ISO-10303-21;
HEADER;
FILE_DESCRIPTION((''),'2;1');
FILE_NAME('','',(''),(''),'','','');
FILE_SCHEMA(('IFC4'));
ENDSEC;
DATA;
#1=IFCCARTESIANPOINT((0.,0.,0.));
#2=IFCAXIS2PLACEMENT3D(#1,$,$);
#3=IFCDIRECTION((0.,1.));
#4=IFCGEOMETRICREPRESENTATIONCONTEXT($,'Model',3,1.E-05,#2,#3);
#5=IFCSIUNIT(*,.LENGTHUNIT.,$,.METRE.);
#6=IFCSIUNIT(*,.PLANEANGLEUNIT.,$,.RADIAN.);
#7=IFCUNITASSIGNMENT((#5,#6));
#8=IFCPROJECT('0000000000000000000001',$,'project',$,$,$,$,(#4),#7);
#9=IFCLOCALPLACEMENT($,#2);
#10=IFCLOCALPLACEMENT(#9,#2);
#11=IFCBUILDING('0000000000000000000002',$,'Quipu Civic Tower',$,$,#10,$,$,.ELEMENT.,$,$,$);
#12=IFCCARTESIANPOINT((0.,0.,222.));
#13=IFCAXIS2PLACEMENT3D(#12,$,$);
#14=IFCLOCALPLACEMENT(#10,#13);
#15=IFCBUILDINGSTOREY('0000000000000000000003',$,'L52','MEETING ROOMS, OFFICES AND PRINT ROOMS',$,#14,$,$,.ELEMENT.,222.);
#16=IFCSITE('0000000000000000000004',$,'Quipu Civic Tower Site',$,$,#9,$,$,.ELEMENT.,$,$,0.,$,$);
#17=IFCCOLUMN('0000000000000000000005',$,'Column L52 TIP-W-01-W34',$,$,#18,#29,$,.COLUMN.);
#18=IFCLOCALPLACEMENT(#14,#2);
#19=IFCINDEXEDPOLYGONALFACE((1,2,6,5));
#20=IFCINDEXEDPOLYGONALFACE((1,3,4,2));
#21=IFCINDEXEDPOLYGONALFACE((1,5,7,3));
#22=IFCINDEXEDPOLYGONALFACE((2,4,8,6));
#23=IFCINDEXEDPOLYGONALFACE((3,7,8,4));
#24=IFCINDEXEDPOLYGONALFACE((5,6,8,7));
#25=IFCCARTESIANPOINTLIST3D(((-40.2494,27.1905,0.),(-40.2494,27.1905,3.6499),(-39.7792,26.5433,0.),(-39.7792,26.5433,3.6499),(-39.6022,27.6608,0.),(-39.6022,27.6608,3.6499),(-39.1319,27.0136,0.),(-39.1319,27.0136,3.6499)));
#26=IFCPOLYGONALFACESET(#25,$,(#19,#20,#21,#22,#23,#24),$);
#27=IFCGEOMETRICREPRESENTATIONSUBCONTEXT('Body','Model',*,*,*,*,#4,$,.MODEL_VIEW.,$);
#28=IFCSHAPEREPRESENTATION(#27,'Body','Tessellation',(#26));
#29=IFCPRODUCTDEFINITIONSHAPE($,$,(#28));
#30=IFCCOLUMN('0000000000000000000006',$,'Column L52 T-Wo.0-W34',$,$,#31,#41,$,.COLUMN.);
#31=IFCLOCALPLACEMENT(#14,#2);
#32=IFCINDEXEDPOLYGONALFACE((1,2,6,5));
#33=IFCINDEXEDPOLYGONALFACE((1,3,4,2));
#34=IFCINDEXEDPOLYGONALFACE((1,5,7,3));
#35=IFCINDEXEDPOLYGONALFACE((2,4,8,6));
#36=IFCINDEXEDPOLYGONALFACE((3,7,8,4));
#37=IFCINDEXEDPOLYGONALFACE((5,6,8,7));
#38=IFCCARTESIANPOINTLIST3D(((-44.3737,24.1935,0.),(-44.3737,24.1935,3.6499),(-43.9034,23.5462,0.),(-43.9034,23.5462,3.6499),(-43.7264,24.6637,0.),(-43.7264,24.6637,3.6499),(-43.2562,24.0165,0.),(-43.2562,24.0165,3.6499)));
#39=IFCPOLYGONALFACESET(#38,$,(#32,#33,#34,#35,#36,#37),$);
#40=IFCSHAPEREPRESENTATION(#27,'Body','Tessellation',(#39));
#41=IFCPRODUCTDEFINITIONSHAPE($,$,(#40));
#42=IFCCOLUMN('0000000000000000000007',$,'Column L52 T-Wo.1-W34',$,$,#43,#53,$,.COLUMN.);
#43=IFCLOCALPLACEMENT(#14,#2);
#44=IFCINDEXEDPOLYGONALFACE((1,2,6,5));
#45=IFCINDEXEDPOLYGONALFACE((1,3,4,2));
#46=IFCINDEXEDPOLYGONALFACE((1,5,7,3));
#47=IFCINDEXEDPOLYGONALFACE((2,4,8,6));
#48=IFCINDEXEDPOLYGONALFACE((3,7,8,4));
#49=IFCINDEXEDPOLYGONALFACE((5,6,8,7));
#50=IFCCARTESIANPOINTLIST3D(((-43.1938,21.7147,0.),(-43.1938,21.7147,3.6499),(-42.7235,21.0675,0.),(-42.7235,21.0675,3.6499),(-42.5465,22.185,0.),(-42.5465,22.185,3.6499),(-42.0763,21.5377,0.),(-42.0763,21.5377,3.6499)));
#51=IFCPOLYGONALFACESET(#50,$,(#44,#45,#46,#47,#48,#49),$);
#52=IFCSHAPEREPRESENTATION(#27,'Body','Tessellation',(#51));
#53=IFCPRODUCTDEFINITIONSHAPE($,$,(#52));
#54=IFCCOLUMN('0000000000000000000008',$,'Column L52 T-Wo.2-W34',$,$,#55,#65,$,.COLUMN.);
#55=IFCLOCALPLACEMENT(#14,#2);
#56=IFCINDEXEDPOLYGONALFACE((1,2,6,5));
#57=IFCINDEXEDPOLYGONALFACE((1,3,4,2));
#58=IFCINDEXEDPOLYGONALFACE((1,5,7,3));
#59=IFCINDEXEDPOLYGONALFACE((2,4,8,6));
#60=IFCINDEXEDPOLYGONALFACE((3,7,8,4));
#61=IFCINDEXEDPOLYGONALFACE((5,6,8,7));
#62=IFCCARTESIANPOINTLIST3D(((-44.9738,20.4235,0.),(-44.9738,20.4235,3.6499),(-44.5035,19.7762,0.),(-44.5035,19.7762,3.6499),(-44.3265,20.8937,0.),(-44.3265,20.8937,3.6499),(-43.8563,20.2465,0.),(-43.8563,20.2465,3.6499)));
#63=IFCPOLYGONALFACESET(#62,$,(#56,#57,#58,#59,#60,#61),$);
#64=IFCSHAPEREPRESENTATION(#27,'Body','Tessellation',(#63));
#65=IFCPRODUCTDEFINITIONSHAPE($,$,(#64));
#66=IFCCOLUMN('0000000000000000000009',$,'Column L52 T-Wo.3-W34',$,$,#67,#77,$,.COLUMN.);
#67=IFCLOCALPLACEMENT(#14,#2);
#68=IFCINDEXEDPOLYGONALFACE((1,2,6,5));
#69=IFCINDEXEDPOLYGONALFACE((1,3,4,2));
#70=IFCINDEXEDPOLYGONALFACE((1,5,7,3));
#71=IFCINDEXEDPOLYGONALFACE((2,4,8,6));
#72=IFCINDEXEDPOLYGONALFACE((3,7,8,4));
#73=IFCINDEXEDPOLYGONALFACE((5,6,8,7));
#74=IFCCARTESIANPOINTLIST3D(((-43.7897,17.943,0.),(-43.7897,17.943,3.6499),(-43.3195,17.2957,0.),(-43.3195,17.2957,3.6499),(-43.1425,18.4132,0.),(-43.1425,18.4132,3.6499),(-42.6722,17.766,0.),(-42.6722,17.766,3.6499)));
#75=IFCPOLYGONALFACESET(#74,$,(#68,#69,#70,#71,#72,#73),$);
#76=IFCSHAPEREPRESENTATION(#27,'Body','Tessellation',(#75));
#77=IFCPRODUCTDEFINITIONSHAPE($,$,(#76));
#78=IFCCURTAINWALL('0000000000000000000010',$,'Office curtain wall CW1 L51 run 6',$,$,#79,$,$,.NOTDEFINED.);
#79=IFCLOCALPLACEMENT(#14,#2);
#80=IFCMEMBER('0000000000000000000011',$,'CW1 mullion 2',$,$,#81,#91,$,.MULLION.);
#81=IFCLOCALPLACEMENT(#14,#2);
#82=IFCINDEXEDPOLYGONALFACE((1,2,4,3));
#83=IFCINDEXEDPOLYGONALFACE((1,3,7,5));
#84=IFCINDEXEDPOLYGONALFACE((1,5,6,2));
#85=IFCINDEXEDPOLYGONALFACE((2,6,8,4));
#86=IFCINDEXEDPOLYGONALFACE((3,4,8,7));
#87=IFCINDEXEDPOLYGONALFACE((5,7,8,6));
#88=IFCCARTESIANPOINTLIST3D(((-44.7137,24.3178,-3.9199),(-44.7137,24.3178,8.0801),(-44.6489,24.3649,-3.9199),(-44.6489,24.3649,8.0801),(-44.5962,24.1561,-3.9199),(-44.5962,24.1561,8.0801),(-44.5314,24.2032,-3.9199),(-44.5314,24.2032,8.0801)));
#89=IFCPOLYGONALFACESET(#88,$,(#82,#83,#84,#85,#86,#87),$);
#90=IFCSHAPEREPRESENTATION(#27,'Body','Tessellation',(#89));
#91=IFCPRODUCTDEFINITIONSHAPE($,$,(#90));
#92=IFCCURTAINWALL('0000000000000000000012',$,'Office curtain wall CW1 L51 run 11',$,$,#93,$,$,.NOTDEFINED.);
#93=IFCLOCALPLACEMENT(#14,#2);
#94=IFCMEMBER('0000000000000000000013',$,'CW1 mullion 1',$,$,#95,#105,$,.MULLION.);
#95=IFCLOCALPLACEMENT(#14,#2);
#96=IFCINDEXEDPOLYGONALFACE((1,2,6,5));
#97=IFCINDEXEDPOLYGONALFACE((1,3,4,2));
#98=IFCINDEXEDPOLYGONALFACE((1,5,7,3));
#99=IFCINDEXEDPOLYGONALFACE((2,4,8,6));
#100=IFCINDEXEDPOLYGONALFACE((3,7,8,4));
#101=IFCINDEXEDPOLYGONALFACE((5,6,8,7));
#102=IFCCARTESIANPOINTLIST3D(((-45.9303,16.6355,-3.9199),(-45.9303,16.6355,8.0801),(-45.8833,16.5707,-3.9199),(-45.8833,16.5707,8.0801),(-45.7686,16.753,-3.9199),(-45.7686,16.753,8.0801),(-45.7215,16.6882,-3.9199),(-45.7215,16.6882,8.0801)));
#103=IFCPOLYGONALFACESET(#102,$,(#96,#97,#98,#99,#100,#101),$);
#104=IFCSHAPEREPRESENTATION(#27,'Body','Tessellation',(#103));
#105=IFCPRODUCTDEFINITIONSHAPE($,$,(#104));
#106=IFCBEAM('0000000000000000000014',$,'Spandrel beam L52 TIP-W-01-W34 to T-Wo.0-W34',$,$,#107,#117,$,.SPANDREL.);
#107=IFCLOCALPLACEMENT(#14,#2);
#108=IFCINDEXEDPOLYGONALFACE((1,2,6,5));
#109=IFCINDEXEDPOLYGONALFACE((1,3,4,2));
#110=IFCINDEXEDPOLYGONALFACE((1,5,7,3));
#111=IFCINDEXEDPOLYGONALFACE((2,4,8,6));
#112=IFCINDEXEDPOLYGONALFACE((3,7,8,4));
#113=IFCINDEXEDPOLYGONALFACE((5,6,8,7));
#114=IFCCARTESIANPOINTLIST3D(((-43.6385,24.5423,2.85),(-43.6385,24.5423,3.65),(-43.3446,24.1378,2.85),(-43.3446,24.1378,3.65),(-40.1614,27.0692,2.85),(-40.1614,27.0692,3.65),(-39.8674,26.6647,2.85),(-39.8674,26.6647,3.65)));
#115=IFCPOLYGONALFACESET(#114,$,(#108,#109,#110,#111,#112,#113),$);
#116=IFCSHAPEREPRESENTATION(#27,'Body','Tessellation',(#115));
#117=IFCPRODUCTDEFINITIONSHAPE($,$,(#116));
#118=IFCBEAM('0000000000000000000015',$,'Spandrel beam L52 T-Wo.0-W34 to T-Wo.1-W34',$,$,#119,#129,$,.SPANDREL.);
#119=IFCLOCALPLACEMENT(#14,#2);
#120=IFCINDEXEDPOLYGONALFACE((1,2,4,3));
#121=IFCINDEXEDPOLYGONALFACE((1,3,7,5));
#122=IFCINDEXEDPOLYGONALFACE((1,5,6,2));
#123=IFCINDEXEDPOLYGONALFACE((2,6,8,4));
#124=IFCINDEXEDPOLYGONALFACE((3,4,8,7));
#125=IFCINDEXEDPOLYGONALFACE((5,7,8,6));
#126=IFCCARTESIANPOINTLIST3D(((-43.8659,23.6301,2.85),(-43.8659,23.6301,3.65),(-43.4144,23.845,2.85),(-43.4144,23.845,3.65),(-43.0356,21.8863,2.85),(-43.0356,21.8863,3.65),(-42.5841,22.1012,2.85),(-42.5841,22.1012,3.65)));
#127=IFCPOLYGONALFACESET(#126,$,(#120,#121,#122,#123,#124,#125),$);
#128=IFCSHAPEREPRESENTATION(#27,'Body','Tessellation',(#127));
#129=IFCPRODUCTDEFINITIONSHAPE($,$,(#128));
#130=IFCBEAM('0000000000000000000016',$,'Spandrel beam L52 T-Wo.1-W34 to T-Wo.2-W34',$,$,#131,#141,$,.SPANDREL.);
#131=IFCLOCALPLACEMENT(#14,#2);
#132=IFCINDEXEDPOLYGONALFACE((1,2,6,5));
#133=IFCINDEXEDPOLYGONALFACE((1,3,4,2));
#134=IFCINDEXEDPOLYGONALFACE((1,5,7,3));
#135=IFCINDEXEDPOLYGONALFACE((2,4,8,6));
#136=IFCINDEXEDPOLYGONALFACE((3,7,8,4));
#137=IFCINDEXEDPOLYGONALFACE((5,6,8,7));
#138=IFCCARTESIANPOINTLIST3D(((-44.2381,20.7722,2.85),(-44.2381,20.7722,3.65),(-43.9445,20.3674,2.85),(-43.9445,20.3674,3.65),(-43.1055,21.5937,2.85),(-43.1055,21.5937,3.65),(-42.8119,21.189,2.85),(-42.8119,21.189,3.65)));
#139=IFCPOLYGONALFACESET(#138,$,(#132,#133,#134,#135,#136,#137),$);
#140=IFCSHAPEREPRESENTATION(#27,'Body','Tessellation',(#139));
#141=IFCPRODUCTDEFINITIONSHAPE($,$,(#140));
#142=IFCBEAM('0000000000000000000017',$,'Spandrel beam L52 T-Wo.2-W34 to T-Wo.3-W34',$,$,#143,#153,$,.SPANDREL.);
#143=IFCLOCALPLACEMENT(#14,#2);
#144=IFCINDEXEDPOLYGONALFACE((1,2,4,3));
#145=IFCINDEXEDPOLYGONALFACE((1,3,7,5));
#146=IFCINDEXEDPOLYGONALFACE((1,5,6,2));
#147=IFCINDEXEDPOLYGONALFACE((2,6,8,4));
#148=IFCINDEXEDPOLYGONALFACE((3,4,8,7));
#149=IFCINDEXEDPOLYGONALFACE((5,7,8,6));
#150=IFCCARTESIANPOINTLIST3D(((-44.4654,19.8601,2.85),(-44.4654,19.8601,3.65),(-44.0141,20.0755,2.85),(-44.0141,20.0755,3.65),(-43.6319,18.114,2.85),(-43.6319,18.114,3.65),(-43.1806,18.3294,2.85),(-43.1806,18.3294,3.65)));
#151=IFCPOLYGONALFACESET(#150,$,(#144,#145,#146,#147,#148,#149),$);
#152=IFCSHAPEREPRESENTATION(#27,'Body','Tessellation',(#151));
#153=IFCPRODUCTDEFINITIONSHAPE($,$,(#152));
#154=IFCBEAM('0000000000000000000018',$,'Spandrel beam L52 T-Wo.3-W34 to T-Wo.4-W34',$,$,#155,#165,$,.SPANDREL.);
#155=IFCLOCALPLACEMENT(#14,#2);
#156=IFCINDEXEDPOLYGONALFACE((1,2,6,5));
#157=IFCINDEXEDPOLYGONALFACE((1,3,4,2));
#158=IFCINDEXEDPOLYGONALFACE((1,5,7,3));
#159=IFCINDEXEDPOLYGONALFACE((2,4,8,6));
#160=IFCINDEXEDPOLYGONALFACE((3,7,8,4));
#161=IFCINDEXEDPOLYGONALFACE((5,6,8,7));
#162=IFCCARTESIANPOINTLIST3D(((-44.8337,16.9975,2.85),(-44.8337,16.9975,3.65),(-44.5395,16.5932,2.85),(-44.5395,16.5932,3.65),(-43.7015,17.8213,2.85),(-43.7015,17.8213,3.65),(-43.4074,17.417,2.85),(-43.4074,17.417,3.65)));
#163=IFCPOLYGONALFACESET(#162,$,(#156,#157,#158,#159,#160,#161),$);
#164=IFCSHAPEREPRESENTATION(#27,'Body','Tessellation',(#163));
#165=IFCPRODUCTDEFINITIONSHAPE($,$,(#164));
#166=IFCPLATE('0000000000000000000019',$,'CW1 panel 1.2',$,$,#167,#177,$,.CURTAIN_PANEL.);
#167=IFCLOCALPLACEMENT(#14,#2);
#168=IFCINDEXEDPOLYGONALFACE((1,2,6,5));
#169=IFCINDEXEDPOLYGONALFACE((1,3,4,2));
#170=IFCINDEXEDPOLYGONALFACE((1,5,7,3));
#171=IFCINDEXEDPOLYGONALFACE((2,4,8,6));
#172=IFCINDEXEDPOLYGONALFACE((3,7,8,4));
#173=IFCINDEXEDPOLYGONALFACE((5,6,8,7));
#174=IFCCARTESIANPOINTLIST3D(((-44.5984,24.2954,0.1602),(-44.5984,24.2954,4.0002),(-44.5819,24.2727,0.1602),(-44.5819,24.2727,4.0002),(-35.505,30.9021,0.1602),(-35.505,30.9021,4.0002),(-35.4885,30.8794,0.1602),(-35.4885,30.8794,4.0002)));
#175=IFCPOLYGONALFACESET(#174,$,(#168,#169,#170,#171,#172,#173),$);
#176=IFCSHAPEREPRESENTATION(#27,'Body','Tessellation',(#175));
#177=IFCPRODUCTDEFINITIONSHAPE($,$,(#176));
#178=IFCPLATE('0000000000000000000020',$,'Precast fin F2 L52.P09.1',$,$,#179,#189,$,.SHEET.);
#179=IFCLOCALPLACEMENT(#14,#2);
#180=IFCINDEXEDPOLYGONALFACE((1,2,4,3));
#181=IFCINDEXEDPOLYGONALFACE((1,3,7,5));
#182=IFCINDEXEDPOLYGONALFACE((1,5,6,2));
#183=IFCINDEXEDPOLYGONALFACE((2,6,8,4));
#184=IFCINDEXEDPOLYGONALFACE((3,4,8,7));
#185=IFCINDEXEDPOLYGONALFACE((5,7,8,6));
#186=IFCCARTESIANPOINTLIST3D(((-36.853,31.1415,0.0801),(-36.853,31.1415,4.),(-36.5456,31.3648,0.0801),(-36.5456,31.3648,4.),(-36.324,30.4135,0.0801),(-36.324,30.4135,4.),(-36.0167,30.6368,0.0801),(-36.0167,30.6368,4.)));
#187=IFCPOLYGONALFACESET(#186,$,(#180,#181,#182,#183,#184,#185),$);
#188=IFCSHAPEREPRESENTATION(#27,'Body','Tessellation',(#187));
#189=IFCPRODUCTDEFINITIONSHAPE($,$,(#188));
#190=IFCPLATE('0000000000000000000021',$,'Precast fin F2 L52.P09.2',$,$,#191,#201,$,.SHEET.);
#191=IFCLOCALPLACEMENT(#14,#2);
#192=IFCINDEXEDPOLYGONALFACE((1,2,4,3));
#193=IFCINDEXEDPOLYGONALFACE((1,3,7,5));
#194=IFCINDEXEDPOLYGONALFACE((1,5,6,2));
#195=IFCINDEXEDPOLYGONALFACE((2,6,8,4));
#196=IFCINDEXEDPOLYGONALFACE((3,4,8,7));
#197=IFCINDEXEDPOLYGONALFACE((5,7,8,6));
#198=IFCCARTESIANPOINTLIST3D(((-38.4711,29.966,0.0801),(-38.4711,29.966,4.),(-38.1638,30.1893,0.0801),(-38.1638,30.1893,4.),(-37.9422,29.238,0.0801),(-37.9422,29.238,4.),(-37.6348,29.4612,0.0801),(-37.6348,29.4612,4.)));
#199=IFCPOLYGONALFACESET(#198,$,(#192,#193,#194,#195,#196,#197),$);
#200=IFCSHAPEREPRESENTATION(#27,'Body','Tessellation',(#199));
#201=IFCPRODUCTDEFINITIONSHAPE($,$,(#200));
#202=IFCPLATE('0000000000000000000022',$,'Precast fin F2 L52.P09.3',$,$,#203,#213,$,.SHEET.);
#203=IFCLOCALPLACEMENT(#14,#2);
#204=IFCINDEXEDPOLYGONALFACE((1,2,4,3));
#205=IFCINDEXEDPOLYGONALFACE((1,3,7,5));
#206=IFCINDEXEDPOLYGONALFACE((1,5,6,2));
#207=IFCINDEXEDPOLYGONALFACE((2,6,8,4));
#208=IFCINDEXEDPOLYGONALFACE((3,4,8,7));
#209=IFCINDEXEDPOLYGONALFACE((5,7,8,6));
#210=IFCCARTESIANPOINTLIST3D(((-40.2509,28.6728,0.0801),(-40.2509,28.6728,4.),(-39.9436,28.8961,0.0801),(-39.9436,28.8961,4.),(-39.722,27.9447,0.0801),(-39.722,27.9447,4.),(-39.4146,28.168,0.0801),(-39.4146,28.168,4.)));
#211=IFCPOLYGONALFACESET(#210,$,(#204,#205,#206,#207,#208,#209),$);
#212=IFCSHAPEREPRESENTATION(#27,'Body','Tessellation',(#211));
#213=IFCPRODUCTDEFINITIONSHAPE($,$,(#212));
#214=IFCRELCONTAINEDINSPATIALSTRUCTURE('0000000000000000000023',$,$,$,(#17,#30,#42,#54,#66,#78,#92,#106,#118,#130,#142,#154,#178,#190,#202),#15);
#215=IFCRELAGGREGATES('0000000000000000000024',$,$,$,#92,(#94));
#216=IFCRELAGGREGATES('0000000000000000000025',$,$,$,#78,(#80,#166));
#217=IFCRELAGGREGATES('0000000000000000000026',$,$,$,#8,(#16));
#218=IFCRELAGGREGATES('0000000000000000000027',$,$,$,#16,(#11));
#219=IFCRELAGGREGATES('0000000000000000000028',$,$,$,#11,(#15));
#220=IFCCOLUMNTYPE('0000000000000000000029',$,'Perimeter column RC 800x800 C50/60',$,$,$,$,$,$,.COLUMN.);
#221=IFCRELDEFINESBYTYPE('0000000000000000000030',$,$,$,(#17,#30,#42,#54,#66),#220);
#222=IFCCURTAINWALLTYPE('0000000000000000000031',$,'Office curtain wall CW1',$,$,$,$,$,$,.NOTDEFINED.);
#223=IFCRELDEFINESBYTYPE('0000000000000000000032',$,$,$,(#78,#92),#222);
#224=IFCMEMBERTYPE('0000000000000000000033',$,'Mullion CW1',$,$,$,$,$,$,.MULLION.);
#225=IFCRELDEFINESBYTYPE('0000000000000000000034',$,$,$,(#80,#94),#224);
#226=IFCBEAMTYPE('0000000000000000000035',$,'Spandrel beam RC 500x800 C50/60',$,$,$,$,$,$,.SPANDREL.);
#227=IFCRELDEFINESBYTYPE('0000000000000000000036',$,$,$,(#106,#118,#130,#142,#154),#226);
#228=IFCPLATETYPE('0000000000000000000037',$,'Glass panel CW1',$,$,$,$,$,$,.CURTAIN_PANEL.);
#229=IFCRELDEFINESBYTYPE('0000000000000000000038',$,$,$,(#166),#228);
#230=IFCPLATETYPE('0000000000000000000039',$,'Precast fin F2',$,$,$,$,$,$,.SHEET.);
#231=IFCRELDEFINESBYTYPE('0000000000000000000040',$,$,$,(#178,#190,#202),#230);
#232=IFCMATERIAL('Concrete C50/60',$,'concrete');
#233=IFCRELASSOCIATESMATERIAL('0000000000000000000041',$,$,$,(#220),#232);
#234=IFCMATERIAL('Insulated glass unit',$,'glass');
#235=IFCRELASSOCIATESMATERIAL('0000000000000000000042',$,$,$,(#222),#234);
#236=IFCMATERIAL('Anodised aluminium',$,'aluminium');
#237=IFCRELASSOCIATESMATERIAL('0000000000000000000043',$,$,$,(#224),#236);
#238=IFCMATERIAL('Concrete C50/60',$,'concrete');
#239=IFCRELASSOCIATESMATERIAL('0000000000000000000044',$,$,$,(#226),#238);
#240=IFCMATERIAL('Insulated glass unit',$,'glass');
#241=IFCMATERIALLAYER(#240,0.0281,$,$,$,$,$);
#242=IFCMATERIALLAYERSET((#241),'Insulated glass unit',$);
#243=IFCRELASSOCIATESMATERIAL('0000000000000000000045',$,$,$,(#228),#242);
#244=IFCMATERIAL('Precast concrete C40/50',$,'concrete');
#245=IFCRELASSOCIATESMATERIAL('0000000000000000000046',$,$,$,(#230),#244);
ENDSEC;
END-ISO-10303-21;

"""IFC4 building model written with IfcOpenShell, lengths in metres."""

from ifc_helpers import new_model, si_unit, direction, frame, origin, origin_2d, place, context, subcontext, project, spatial, rectangle, extrude, material, layer, layer_set, material_profile, profile_set, type_object, element, aggregate, save


model = new_model("IFC4")

# Units and contexts
model_context = context("Model", 3, precision=1e-05, world=origin(), true_north=direction((0.0, 1.0)))
body_context = subcontext(model_context, "Body", "Model", "MODEL_VIEW")
ifc_project = project(units=[si_unit("LENGTHUNIT", "METRE"), si_unit("PLANEANGLEUNIT", "RADIAN")], contexts=[model_context])

# Site, building, storey
site_placement = place(None, origin())
site = spatial("IfcSite", under=ifc_project, at=site_placement, Name="Quipu Civic Tower Site", CompositionType="ELEMENT", RefElevation=0.0)
building_placement = place(site_placement, origin())
building = spatial("IfcBuilding", under=site, at=building_placement, Name="Quipu Civic Tower", CompositionType="ELEMENT")
storey_placement = place(building_placement, frame((0.0, 0.0, 222.0)))
storey = spatial("IfcBuildingStorey", under=building, at=storey_placement, Name="L52", Description="MEETING ROOMS, OFFICES AND PRINT ROOMS", CompositionType="ELEMENT", Elevation=222.0)

# Columns
ifc_material_1 = material(Name="Concrete C50/60", Category="concrete")
ifc_material_profile_1 = material_profile(ifc_material_1, rectangle(XDim=0.8, YDim=0.8, at=origin_2d()), Name="RC800x800")
ifc_profile_set_1 = profile_set([ifc_material_profile_1], Name="Concrete C50/60")
column_type = type_object("IfcColumnType", Name="Perimeter column RC 800x800 C50/60", PredefinedType="COLUMN", material=ifc_profile_set_1)
for number, where, z_axis, x_axis, name in (
    (1, (-39.6907, 27.1021, 0.0), (0.0, 0.0, 1.0), (-0.809017, -0.587785, 0.0), "Column L52 TIP-W-01-W34"),
    (2, (-43.8149, 24.105, 0.0), (0.0, 0.0, 1.0), (-0.809017, -0.587785, 0.0), "Column L52 T-Wo.0-W34"),
    (3, (-42.635, 21.6262, 0.0), (0.0, 0.0, 1.0), (-0.809017, -0.587785, 0.0), "Column L52 T-Wo.1-W34"),
    (4, (-44.415, 20.335, 0.0), (0.0, 0.0, 1.0), (0.587785, -0.809017, 0.0), "Column L52 T-Wo.2-W34"),
    (5, (-43.231, 17.8545, 0.0), (0.0, 0.0, 1.0), (0.587785, -0.809017, 0.0), "Column L52 T-Wo.3-W34"),
):
    element("IfcColumn", number, at=place(storey_placement, frame(where, z_axis=z_axis, x_axis=x_axis)), inside=storey, type_object=column_type, Name=name, PredefinedType="COLUMN", context=body_context, shape_type="SweptSolid", body=[
        extrude(rectangle(XDim=0.8, YDim=0.8, at=origin_2d()), origin(), (0.0, 0.0, 1.0), 3.6499),
    ])

# Curtain walls, members
ifc_material_2 = material(Name="Insulated glass unit", Category="glass")
curtain_wall_type = type_object("IfcCurtainWallType", Name="Office curtain wall CW1", PredefinedType="NOTDEFINED", material=ifc_material_2)
curtain_wall_1_placement = place(storey_placement, origin())
curtain_wall_1 = element("IfcCurtainWall", 6, at=curtain_wall_1_placement, inside=storey, type_object=curtain_wall_type, Name="Office curtain wall CW1 L51 run 6", PredefinedType="NOTDEFINED")
ifc_material_3 = material(Name="Anodised aluminium", Category="aluminium")
ifc_material_profile_2 = material_profile(ifc_material_3, rectangle(XDim=0.2, YDim=0.0801, at=origin_2d()), Name="RECT 200x80")
ifc_profile_set_2 = profile_set([ifc_material_profile_2], Name="Anodised aluminium")
member_type = type_object("IfcMemberType", Name="Mullion CW1", PredefinedType="MULLION", material=ifc_profile_set_2)
member_1_placement = place(storey_placement, frame((-44.6226, 24.2605, -3.9199), z_axis=(0.0, 0.0, 1.0), x_axis=(0.587788, -0.809015, 0.0)))
member_1 = element("IfcMember", 7, at=member_1_placement, type_object=member_type, Name="CW1 mullion 2", PredefinedType="MULLION", context=body_context, shape_type="SweptSolid", body=[
    extrude(rectangle(XDim=0.2, YDim=0.0801, at=origin_2d()), origin(), (0.0, 0.0, 1.0), 12.0),
])
curtain_wall_2_placement = place(storey_placement, origin())
curtain_wall_2 = element("IfcCurtainWall", 8, at=curtain_wall_2_placement, inside=storey, type_object=curtain_wall_type, Name="Office curtain wall CW1 L51 run 11", PredefinedType="NOTDEFINED")
member_2_placement = place(storey_placement, frame((-45.8259, 16.6619, -3.9199), z_axis=(0.0, 0.0, 1.0), x_axis=(0.809017, 0.587786, 0.0)))
member_2 = element("IfcMember", 9, at=member_2_placement, type_object=member_type, Name="CW1 mullion 1", PredefinedType="MULLION", context=body_context, shape_type="SweptSolid", body=[
    extrude(rectangle(XDim=0.2, YDim=0.0801, at=origin_2d()), origin(), (0.0, 0.0, 1.0), 12.0),
])
aggregate(curtain_wall_2, [member_2])

# Beams
ifc_material_4 = material(Name="Concrete C50/60", Category="concrete")
ifc_material_profile_3 = material_profile(ifc_material_4, rectangle(XDim=0.5, YDim=0.8, at=origin_2d()), Name="RC500x800")
ifc_profile_set_3 = profile_set([ifc_material_profile_3], Name="Concrete C50/60")
beam_type = type_object("IfcBeamType", Name="Spandrel beam RC 500x800 C50/60", PredefinedType="SPANDREL", material=ifc_profile_set_3)
beam_1_placement = place(storey_placement, frame((-40.0144, 26.8669, 3.25), z_axis=(-0.808947, -0.587881, 0.0), x_axis=(0.587881, -0.808947, 0.0)))
element("IfcBeam", 10, at=beam_1_placement, inside=storey, type_object=beam_type, Name="Spandrel beam L52 TIP-W-01-W34 to T-Wo.0-W34", PredefinedType="SPANDREL", context=body_context, shape_type="SweptSolid", body=[
    extrude(rectangle(XDim=0.5, YDim=0.8, at=origin_2d()), origin(), (0.0, 0.0, 1.0), 4.2983),
])
beam_2_placement = place(storey_placement, frame((-43.6401, 23.7375, 3.25), z_axis=(0.429889, -0.902882, 0.0), x_axis=(0.902882, 0.429889, 0.0)))
element("IfcBeam", 11, at=beam_2_placement, inside=storey, type_object=beam_type, Name="Spandrel beam L52 T-Wo.0-W34 to T-Wo.1-W34", PredefinedType="SPANDREL", context=body_context, shape_type="SweptSolid", body=[
    extrude(rectangle(XDim=0.5, YDim=0.8, at=origin_2d()), origin(), (0.0, 0.0, 1.0), 1.9314),
])
beam_3_placement = place(storey_placement, frame((-42.9587, 21.3914, 3.25), z_axis=(-0.809467, -0.587165, 0.0), x_axis=(0.587165, -0.809467, 0.0)))
element("IfcBeam", 12, at=beam_3_placement, inside=storey, type_object=beam_type, Name="Spandrel beam L52 T-Wo.1-W34 to T-Wo.2-W34", PredefinedType="SPANDREL", context=body_context, shape_type="SweptSolid", body=[
    extrude(rectangle(XDim=0.5, YDim=0.8, at=origin_2d()), origin(), (0.0, 0.0, 1.0), 1.3992),
])
beam_4_placement = place(storey_placement, frame((-44.2397, 19.9678, 3.25), z_axis=(0.430786, -0.902454, 0.0), x_axis=(0.902454, 0.430786, 0.0)))
element("IfcBeam", 13, at=beam_4_placement, inside=storey, type_object=beam_type, Name="Spandrel beam L52 T-Wo.2-W34 to T-Wo.3-W34", PredefinedType="SPANDREL", context=body_context, shape_type="SweptSolid", body=[
    extrude(rectangle(XDim=0.5, YDim=0.8, at=origin_2d()), origin(), (0.0, 0.0, 1.0), 1.9348),
])
beam_5_placement = place(storey_placement, frame((-43.5544, 17.6191, 3.25), z_axis=(-0.8086, -0.588358, 0.0), x_axis=(0.588358, -0.8086, 0.0)))
element("IfcBeam", 14, at=beam_5_placement, inside=storey, type_object=beam_type, Name="Spandrel beam L52 T-Wo.3-W34 to T-Wo.4-W34", PredefinedType="SPANDREL", context=body_context, shape_type="SweptSolid", body=[
    extrude(rectangle(XDim=0.5, YDim=0.8, at=origin_2d()), origin(), (0.0, 0.0, 1.0), 1.4001),
])

# Plate
ifc_material_5 = material(Name="Insulated glass unit", Category="glass")
ifc_layer = layer(ifc_material_5, 0.0281)
ifc_layer_set = layer_set([ifc_layer], Name="Insulated glass unit")
plate_type_1 = type_object("IfcPlateType", Name="Glass panel CW1", PredefinedType="CURTAIN_PANEL", material=ifc_layer_set)
plate_placement = place(storey_placement, frame((-40.0435, 27.5874, 0.1602), z_axis=(0.0, 0.0, 1.0), x_axis=(-0.809015, -0.587788, 0.0)))
plate = element("IfcPlate", 15, at=plate_placement, type_object=plate_type_1, Name="CW1 panel 1.2", PredefinedType="CURTAIN_PANEL", context=body_context, shape_type="SweptSolid", body=[
    extrude(rectangle(XDim=11.24, YDim=0.0281, at=origin_2d()), origin(), (0.0, 0.0, 1.0), 3.8401),
])
aggregate(curtain_wall_1, [member_1, plate])

# Plates
ifc_material_6 = material(Name="Precast concrete C40/50", Category="concrete")
plate_type_2 = type_object("IfcPlateType", Name="Precast fin F2", PredefinedType="SHEET", material=ifc_material_6)
for number, where, z_axis, x_axis, name in (
    (16, (-36.4348, 30.8892, 0.0801), (0.0, 0.0, 1.0), (-0.809017, -0.587785, 0.0), "Precast fin F2 L52.P09.1"),
    (17, (-38.053, 29.7136, 0.0801), (0.0, 0.0, 1.0), (-0.809017, -0.587785, 0.0), "Precast fin F2 L52.P09.2"),
    (18, (-39.8328, 28.4204, 0.0801), (0.0, 0.0, 1.0), (-0.809017, -0.587785, 0.0), "Precast fin F2 L52.P09.3"),
):
    element("IfcPlate", number, at=place(storey_placement, frame(where, z_axis=z_axis, x_axis=x_axis)), inside=storey, type_object=plate_type_2, Name=name, PredefinedType="SHEET", context=body_context, shape_type="SweptSolid", body=[
        extrude(rectangle(XDim=0.3799, YDim=0.8999, at=origin_2d()), origin(), (0.0, 0.0, 1.0), 3.9199),
    ])

save(model, "model.ifc")
